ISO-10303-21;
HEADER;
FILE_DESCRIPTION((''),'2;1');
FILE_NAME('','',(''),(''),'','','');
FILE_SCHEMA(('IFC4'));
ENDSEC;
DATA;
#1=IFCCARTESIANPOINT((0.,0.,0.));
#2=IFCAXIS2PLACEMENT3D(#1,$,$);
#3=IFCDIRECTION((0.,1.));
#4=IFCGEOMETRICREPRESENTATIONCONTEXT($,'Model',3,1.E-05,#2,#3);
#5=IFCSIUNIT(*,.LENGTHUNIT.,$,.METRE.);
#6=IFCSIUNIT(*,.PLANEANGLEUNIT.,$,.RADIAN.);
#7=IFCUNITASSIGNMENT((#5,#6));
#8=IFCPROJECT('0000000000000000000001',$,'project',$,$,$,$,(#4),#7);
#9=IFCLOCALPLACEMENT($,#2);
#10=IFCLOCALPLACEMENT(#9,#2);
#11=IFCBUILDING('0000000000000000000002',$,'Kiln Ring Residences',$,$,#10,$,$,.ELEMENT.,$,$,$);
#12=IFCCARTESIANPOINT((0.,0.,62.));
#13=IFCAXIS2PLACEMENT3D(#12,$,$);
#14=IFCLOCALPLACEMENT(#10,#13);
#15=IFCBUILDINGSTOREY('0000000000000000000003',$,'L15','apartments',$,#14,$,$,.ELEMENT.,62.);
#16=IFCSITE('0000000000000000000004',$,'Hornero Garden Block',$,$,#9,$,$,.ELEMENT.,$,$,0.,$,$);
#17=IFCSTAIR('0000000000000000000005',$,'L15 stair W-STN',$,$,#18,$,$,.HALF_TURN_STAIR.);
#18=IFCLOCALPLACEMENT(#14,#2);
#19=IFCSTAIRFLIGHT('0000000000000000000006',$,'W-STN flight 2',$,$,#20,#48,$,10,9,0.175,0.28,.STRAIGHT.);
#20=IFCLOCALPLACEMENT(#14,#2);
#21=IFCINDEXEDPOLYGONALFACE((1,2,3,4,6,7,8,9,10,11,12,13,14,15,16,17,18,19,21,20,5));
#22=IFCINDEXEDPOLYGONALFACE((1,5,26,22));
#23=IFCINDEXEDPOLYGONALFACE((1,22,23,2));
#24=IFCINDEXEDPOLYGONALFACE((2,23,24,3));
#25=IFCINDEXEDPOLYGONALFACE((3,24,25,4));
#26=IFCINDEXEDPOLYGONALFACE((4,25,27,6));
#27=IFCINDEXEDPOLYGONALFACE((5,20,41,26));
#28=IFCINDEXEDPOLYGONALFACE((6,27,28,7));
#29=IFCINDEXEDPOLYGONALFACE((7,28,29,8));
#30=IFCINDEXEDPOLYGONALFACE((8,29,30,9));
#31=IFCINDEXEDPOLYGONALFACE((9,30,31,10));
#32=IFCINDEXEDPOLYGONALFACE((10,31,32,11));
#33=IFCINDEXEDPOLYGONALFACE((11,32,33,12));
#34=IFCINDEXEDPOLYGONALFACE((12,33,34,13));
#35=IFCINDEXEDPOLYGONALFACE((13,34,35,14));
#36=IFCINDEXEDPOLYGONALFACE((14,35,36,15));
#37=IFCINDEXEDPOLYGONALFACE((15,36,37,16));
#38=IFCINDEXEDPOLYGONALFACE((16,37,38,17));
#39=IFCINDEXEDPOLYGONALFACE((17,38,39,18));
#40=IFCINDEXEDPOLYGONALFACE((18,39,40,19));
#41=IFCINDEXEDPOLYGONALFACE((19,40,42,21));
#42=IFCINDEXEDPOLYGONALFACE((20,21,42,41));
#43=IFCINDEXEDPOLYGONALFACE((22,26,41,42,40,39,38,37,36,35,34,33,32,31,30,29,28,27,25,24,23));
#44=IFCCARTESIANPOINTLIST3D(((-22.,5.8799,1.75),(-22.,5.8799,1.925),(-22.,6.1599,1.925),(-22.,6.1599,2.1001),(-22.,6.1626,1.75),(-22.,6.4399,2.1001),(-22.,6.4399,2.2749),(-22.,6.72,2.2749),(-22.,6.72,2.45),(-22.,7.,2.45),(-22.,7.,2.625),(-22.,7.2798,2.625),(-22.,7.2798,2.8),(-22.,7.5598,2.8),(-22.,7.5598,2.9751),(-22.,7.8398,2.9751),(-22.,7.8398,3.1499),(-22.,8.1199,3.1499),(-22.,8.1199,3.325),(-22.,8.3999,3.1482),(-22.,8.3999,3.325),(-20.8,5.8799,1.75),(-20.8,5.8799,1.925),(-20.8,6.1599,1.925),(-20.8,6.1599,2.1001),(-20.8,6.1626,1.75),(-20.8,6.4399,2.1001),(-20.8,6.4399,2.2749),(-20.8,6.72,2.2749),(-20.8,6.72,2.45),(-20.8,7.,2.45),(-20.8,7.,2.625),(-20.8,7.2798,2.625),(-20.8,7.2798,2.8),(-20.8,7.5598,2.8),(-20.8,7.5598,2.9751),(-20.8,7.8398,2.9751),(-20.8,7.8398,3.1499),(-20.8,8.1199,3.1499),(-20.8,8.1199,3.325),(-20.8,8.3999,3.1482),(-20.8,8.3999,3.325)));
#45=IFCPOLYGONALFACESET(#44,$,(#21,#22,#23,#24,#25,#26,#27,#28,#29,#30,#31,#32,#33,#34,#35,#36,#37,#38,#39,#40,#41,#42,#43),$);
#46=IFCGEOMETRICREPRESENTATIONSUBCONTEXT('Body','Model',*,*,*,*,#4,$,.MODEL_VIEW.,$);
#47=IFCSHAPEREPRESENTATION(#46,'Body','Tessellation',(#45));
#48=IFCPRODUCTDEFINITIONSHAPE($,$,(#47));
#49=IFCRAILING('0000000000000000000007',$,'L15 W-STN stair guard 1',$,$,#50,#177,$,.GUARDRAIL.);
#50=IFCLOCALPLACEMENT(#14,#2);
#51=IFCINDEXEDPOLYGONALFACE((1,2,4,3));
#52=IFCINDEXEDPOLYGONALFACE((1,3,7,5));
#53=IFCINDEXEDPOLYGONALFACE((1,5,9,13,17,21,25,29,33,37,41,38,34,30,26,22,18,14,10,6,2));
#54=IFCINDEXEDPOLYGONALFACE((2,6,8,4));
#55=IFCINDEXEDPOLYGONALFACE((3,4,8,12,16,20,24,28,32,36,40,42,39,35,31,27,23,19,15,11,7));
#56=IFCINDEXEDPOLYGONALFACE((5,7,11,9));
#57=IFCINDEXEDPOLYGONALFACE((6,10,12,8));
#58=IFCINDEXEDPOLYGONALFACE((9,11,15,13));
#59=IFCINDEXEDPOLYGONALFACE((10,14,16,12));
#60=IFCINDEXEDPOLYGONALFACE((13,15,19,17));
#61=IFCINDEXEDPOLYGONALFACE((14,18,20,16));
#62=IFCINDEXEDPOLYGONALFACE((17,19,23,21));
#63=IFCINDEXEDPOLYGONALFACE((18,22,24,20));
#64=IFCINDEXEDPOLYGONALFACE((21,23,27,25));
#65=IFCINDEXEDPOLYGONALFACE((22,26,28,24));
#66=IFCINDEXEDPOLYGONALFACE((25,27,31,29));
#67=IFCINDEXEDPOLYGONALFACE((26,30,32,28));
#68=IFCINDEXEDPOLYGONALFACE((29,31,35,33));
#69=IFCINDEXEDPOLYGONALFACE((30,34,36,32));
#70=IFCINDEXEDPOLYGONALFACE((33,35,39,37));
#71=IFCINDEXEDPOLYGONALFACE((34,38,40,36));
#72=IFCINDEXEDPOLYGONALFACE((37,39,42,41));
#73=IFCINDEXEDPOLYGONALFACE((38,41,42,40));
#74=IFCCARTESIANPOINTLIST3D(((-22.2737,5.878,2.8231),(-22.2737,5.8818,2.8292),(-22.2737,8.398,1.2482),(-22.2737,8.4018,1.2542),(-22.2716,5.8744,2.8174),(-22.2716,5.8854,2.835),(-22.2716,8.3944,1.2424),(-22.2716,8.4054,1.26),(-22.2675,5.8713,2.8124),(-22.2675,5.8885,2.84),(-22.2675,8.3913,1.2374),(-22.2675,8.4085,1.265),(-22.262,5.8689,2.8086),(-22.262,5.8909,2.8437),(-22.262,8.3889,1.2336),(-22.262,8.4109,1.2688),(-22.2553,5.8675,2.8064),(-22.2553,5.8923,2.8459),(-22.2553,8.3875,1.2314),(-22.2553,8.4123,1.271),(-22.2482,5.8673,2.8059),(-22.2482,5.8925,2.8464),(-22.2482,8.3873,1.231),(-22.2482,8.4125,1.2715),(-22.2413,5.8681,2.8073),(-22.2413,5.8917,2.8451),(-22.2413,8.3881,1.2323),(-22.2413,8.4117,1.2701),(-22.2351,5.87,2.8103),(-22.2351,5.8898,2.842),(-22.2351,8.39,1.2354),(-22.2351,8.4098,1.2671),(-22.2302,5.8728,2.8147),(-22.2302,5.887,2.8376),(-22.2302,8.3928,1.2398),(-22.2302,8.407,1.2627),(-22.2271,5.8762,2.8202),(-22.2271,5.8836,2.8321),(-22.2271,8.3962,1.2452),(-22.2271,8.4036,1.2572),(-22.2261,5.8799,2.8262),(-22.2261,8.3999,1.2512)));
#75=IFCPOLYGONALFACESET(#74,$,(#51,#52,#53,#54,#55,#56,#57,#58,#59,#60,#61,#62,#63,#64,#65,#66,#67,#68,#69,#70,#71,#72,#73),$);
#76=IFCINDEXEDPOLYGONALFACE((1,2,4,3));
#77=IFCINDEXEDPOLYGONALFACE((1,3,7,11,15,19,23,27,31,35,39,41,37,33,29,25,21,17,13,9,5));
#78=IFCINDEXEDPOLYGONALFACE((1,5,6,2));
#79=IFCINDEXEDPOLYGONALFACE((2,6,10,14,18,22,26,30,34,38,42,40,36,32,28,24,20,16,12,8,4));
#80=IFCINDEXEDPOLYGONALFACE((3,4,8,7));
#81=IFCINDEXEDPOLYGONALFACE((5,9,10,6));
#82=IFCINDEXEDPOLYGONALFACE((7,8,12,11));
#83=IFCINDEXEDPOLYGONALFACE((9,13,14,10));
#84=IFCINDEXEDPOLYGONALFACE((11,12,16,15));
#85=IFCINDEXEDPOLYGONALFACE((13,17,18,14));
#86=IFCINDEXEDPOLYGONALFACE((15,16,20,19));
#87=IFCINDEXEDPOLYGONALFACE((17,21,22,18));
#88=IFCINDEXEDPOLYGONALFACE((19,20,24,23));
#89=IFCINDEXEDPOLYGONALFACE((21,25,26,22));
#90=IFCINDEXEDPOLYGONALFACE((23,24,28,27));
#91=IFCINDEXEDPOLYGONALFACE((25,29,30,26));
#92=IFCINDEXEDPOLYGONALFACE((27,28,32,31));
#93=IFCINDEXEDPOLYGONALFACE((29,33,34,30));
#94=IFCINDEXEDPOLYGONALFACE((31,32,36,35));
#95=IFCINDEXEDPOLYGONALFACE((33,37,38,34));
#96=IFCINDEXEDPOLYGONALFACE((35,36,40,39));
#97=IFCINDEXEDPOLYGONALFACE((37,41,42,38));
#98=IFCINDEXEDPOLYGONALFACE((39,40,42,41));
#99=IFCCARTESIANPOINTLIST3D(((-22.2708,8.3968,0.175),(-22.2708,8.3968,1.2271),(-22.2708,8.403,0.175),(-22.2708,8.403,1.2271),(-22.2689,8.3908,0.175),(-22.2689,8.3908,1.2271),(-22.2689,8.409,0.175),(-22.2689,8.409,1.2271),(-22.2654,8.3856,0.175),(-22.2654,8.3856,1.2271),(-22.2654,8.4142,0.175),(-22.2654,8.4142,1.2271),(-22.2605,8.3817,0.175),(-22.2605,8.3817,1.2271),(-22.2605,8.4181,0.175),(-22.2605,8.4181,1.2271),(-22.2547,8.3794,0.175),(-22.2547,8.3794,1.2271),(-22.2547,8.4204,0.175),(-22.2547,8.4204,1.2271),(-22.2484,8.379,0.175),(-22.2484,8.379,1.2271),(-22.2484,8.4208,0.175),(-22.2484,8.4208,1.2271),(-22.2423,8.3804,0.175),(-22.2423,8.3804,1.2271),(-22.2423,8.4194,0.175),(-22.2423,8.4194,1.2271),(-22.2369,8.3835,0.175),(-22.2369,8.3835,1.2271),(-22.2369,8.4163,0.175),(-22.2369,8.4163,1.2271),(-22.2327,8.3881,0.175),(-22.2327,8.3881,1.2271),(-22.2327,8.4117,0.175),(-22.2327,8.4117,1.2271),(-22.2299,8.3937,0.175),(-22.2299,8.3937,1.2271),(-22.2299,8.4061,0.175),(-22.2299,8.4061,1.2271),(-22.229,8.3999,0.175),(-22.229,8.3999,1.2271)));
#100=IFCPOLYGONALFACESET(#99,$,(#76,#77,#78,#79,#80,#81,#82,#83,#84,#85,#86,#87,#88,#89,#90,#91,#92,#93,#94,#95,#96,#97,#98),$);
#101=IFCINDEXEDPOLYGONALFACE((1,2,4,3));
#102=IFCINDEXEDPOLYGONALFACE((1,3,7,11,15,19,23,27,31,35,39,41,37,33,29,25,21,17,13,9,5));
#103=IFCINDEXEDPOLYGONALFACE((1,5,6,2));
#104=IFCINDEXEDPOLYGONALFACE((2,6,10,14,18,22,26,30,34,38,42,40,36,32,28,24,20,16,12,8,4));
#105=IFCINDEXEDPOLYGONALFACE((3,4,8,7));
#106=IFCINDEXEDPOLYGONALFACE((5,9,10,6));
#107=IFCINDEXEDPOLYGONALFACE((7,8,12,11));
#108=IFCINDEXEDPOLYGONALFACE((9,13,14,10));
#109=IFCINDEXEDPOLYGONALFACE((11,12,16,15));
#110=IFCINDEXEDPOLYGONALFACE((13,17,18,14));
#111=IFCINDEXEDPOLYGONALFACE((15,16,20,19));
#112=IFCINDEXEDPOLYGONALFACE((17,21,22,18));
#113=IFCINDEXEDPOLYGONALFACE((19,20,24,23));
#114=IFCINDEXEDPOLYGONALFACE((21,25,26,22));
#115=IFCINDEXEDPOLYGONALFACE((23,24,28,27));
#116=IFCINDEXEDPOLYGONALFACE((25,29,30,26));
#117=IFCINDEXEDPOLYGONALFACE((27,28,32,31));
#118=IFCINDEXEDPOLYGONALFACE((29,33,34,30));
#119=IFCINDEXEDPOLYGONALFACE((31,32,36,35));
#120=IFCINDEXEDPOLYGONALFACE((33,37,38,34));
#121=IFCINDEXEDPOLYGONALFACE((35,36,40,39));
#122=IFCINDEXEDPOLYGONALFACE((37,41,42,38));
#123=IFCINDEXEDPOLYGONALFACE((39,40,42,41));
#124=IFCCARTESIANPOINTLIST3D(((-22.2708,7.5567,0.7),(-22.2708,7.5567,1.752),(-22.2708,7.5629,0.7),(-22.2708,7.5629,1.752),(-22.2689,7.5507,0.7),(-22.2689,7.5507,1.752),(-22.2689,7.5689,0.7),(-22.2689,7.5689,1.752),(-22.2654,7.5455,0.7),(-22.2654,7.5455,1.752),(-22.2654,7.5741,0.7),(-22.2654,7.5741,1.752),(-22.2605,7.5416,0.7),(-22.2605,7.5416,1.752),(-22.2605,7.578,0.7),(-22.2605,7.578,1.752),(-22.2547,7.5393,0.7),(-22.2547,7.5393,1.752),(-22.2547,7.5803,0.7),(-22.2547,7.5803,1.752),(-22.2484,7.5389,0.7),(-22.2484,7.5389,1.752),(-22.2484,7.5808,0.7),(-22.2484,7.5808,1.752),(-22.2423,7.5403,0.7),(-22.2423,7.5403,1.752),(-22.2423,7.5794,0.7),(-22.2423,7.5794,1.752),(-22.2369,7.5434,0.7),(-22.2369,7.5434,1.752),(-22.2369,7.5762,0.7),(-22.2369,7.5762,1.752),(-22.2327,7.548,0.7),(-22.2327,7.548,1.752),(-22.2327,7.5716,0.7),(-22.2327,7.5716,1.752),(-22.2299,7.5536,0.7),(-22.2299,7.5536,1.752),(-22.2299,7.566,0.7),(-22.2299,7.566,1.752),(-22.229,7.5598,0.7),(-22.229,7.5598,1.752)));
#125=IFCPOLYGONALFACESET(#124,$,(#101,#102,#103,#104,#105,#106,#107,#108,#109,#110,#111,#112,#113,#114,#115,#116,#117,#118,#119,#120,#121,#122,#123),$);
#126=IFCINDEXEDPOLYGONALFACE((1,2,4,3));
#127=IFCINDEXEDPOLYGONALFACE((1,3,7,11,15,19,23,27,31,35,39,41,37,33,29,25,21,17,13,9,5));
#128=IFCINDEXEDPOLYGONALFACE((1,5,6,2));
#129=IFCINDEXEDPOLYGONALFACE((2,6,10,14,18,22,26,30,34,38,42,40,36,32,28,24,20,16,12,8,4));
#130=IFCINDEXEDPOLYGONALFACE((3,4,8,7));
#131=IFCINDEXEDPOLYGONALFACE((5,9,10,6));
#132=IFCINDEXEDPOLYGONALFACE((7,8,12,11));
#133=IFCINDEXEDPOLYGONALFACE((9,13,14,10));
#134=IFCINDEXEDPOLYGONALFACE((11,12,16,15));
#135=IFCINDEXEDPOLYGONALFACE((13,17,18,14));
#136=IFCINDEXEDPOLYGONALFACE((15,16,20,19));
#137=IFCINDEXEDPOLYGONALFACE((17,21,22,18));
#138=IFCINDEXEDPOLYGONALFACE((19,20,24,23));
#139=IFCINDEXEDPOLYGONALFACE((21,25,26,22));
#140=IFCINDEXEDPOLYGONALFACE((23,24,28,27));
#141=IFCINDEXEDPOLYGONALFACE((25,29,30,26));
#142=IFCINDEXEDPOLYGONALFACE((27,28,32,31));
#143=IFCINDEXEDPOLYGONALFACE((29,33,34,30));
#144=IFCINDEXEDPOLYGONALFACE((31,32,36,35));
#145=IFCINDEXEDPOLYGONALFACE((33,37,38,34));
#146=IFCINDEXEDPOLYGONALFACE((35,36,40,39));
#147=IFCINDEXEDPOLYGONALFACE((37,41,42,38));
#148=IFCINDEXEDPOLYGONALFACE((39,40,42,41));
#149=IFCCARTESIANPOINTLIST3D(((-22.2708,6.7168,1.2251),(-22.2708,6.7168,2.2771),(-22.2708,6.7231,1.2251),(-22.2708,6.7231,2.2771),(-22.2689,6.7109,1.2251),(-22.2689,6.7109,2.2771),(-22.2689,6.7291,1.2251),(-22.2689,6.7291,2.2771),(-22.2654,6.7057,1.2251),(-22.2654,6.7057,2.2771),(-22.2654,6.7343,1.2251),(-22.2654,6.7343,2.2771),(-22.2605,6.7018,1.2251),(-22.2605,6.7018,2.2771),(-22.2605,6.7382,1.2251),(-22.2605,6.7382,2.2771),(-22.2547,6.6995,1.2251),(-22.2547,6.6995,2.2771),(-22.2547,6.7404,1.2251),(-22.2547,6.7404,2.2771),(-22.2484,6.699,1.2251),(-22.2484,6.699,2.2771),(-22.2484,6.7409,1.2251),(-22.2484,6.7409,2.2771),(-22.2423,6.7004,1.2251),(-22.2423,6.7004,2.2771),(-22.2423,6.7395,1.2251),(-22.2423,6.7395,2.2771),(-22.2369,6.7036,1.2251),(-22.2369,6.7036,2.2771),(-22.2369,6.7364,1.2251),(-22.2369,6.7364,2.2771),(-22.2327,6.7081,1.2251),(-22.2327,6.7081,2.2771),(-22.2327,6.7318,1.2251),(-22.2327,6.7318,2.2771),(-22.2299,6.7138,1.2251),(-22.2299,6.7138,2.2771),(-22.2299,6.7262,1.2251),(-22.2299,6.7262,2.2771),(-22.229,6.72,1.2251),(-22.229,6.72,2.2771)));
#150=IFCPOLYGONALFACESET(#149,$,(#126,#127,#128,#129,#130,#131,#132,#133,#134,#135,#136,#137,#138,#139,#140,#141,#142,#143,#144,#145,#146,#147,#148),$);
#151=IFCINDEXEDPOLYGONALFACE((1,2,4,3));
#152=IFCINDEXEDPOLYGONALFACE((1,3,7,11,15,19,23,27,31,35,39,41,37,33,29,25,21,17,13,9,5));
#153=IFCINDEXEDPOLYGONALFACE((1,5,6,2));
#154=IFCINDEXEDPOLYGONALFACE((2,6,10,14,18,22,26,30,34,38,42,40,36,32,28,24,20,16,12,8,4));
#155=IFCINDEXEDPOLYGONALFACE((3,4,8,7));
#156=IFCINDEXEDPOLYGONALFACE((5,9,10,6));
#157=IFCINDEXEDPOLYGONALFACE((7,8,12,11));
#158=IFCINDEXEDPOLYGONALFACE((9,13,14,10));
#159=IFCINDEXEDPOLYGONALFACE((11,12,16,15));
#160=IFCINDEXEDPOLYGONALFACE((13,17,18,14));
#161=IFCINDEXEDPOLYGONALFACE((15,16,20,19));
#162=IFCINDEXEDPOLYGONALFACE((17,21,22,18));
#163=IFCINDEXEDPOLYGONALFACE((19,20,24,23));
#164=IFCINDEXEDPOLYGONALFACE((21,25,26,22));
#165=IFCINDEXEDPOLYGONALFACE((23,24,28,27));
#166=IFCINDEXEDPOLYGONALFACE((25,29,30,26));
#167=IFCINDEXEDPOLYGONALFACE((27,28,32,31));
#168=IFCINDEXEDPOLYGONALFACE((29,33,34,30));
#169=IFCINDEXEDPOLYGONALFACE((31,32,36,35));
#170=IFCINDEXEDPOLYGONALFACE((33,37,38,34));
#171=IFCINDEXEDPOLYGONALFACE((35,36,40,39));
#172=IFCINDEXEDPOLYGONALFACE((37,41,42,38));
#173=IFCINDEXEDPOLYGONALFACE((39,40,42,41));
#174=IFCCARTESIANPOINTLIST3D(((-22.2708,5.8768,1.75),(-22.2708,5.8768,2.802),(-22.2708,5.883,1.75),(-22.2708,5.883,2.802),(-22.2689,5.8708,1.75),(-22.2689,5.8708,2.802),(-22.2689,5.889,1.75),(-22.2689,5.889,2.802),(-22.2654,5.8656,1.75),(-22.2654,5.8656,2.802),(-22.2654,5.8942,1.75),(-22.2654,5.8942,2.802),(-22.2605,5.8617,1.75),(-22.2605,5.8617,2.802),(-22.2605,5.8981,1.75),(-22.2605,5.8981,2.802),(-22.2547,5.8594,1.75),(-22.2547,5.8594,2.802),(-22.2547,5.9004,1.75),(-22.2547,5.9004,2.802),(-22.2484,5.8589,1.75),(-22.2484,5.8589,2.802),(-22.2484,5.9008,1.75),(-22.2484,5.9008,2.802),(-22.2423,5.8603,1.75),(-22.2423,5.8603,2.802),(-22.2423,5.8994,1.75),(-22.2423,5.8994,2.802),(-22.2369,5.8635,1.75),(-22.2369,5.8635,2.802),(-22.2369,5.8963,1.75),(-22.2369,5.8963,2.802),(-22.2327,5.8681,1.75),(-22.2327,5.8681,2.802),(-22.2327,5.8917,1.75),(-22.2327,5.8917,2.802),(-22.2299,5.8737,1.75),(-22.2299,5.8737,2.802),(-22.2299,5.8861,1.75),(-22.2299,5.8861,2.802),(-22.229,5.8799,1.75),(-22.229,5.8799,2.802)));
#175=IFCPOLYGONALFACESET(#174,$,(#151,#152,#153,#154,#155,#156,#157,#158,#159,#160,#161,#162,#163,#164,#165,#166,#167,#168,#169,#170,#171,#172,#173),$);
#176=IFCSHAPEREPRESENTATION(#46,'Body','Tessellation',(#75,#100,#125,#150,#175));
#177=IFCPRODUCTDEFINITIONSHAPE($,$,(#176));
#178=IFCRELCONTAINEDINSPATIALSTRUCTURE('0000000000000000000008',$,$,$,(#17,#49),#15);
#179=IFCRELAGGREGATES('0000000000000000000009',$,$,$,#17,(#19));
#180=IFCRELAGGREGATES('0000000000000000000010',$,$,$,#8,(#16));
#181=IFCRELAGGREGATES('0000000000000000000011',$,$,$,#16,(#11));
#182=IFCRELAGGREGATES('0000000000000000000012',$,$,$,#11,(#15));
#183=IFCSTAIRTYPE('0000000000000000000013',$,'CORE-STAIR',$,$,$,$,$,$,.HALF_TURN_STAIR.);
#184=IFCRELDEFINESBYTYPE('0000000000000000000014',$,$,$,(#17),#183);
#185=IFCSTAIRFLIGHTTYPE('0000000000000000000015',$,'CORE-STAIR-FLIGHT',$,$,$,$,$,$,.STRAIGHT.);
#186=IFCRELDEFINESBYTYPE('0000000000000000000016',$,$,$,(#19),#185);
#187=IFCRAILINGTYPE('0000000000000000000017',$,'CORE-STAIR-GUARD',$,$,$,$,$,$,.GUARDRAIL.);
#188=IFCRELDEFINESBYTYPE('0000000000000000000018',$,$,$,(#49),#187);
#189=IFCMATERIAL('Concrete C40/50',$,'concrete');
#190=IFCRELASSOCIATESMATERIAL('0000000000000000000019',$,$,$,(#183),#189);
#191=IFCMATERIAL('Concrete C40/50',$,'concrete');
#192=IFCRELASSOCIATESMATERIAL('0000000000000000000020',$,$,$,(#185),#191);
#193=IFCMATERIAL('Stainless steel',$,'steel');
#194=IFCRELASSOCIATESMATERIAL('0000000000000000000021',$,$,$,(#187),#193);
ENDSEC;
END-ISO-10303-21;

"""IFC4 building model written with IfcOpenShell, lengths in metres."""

from ifc_helpers import new_model, si_unit, direction, frame, origin, origin_2d, place, context, subcontext, project, spatial, polyline, circle, outline, extrude, material, type_object, element, aggregate, save


model = new_model("IFC4")

# Units and contexts
model_context = context("Model", 3, precision=1e-05, world=origin(), true_north=direction((0.0, 1.0)))
body_context = subcontext(model_context, "Body", "Model", "MODEL_VIEW")
ifc_project = project(units=[si_unit("LENGTHUNIT", "METRE"), si_unit("PLANEANGLEUNIT", "RADIAN")], contexts=[model_context])

# Site, building, storey
site_placement = place(None, origin())
site = spatial("IfcSite", under=ifc_project, at=site_placement, Name="Hornero Garden Block", CompositionType="ELEMENT", RefElevation=0.0)
building_placement = place(site_placement, origin())
building = spatial("IfcBuilding", under=site, at=building_placement, Name="Kiln Ring Residences", CompositionType="ELEMENT")
storey_placement = place(building_placement, frame((0.0, 0.0, 62.0)))
storey = spatial("IfcBuildingStorey", under=building, at=storey_placement, Name="L15", Description="apartments", CompositionType="ELEMENT", Elevation=62.0)

# Stair, stair flight
ifc_material_1 = material(Name="Concrete C40/50", Category="concrete")
stair_type = type_object("IfcStairType", Name="CORE-STAIR", PredefinedType="HALF_TURN_STAIR", material=ifc_material_1)
stair_placement = place(storey_placement, origin())
stair = element("IfcStair", 1, at=stair_placement, inside=storey, type_object=stair_type, Name="L15 stair W-STN", PredefinedType="HALF_TURN_STAIR")
ifc_material_2 = material(Name="Concrete C40/50", Category="concrete")
stair_flight_type = type_object("IfcStairFlightType", Name="CORE-STAIR-FLIGHT", PredefinedType="STRAIGHT", material=ifc_material_2)
stair_flight_1_placement = place(storey_placement, frame((-21.3999, 5.8799, 1.75), z_axis=(0.0, 0.0, 1.0), x_axis=(0.0, 1.0, 0.0)))
stair_flight_1 = element("IfcStairFlight", 2, at=stair_flight_1_placement, type_object=stair_flight_type, Name="W-STN flight 2", NumberOfRisers=10, NumberOfTreads=9, PredefinedType="STRAIGHT", RiserHeight=0.175, TreadLength=0.28, context=body_context, shape_type="SweptSolid", body=[
    extrude(outline(polyline([(0.0, 0.0), (0.0, 0.175), (0.28, 0.175), (0.28, 0.3501), (0.5601, 0.3501), (0.5601, 0.5249), (0.8401, 0.5249), (0.8401, 0.7), (1.1201, 0.7), (1.1201, 0.875), (1.3999, 0.875), (1.3999, 1.05), (1.6799, 1.05), (1.6799, 1.2251), (1.96, 1.2251), (1.96, 1.3999), (2.24, 1.3999), (2.24, 1.575), (2.52, 1.575), (2.52, 1.75), (2.52, 1.3982), (0.2827, 0.0), (0.0, 0.0)])), frame((0.0, 0.6001, 0.0), z_axis=(0.0, -1.0, 0.0), x_axis=(1.0, 0.0, 0.0)), (0.0, 0.0, 1.0), 1.2),
])
aggregate(stair, [stair_flight_1])

# Railing
ifc_material_3 = material(Name="Stainless steel", Category="steel")
railing_type_1 = type_object("IfcRailingType", Name="CORE-STAIR-GUARD", PredefinedType="GUARDRAIL", material=ifc_material_3)
railing_1_placement = place(storey_placement, frame((-22.25, 8.3999, 0.175)))
element("IfcRailing", 3, at=railing_1_placement, inside=storey, type_object=railing_type_1, Name="L15 W-STN stair guard 1", PredefinedType="GUARDRAIL", context=body_context, shape_type="SweptSolid", body=[
    extrude(circle(Radius=0.0239, at=origin_2d()), frame((0.0, 0.0, 1.0762), z_axis=(0.0, -0.848008, 0.529984), x_axis=(1.0, 0.0, 0.0)), (0.0, 0.0, 1.0), 2.9717),
    extrude(circle(Radius=0.021, at=origin_2d()), origin(), (0.0, 0.0, 1.0), 1.052),
    extrude(circle(Radius=0.021, at=origin_2d()), frame((0.0, -0.8401, 0.5249)), (0.0, 0.0, 1.0), 1.052),
    extrude(circle(Radius=0.021, at=origin_2d()), frame((0.0, -1.6799, 1.05)), (0.0, 0.0, 1.0), 1.052),
    extrude(circle(Radius=0.021, at=origin_2d()), frame((0.0, -2.52, 1.575)), (0.0, 0.0, 1.0), 1.052),
])

save(model, "model.ifc")
